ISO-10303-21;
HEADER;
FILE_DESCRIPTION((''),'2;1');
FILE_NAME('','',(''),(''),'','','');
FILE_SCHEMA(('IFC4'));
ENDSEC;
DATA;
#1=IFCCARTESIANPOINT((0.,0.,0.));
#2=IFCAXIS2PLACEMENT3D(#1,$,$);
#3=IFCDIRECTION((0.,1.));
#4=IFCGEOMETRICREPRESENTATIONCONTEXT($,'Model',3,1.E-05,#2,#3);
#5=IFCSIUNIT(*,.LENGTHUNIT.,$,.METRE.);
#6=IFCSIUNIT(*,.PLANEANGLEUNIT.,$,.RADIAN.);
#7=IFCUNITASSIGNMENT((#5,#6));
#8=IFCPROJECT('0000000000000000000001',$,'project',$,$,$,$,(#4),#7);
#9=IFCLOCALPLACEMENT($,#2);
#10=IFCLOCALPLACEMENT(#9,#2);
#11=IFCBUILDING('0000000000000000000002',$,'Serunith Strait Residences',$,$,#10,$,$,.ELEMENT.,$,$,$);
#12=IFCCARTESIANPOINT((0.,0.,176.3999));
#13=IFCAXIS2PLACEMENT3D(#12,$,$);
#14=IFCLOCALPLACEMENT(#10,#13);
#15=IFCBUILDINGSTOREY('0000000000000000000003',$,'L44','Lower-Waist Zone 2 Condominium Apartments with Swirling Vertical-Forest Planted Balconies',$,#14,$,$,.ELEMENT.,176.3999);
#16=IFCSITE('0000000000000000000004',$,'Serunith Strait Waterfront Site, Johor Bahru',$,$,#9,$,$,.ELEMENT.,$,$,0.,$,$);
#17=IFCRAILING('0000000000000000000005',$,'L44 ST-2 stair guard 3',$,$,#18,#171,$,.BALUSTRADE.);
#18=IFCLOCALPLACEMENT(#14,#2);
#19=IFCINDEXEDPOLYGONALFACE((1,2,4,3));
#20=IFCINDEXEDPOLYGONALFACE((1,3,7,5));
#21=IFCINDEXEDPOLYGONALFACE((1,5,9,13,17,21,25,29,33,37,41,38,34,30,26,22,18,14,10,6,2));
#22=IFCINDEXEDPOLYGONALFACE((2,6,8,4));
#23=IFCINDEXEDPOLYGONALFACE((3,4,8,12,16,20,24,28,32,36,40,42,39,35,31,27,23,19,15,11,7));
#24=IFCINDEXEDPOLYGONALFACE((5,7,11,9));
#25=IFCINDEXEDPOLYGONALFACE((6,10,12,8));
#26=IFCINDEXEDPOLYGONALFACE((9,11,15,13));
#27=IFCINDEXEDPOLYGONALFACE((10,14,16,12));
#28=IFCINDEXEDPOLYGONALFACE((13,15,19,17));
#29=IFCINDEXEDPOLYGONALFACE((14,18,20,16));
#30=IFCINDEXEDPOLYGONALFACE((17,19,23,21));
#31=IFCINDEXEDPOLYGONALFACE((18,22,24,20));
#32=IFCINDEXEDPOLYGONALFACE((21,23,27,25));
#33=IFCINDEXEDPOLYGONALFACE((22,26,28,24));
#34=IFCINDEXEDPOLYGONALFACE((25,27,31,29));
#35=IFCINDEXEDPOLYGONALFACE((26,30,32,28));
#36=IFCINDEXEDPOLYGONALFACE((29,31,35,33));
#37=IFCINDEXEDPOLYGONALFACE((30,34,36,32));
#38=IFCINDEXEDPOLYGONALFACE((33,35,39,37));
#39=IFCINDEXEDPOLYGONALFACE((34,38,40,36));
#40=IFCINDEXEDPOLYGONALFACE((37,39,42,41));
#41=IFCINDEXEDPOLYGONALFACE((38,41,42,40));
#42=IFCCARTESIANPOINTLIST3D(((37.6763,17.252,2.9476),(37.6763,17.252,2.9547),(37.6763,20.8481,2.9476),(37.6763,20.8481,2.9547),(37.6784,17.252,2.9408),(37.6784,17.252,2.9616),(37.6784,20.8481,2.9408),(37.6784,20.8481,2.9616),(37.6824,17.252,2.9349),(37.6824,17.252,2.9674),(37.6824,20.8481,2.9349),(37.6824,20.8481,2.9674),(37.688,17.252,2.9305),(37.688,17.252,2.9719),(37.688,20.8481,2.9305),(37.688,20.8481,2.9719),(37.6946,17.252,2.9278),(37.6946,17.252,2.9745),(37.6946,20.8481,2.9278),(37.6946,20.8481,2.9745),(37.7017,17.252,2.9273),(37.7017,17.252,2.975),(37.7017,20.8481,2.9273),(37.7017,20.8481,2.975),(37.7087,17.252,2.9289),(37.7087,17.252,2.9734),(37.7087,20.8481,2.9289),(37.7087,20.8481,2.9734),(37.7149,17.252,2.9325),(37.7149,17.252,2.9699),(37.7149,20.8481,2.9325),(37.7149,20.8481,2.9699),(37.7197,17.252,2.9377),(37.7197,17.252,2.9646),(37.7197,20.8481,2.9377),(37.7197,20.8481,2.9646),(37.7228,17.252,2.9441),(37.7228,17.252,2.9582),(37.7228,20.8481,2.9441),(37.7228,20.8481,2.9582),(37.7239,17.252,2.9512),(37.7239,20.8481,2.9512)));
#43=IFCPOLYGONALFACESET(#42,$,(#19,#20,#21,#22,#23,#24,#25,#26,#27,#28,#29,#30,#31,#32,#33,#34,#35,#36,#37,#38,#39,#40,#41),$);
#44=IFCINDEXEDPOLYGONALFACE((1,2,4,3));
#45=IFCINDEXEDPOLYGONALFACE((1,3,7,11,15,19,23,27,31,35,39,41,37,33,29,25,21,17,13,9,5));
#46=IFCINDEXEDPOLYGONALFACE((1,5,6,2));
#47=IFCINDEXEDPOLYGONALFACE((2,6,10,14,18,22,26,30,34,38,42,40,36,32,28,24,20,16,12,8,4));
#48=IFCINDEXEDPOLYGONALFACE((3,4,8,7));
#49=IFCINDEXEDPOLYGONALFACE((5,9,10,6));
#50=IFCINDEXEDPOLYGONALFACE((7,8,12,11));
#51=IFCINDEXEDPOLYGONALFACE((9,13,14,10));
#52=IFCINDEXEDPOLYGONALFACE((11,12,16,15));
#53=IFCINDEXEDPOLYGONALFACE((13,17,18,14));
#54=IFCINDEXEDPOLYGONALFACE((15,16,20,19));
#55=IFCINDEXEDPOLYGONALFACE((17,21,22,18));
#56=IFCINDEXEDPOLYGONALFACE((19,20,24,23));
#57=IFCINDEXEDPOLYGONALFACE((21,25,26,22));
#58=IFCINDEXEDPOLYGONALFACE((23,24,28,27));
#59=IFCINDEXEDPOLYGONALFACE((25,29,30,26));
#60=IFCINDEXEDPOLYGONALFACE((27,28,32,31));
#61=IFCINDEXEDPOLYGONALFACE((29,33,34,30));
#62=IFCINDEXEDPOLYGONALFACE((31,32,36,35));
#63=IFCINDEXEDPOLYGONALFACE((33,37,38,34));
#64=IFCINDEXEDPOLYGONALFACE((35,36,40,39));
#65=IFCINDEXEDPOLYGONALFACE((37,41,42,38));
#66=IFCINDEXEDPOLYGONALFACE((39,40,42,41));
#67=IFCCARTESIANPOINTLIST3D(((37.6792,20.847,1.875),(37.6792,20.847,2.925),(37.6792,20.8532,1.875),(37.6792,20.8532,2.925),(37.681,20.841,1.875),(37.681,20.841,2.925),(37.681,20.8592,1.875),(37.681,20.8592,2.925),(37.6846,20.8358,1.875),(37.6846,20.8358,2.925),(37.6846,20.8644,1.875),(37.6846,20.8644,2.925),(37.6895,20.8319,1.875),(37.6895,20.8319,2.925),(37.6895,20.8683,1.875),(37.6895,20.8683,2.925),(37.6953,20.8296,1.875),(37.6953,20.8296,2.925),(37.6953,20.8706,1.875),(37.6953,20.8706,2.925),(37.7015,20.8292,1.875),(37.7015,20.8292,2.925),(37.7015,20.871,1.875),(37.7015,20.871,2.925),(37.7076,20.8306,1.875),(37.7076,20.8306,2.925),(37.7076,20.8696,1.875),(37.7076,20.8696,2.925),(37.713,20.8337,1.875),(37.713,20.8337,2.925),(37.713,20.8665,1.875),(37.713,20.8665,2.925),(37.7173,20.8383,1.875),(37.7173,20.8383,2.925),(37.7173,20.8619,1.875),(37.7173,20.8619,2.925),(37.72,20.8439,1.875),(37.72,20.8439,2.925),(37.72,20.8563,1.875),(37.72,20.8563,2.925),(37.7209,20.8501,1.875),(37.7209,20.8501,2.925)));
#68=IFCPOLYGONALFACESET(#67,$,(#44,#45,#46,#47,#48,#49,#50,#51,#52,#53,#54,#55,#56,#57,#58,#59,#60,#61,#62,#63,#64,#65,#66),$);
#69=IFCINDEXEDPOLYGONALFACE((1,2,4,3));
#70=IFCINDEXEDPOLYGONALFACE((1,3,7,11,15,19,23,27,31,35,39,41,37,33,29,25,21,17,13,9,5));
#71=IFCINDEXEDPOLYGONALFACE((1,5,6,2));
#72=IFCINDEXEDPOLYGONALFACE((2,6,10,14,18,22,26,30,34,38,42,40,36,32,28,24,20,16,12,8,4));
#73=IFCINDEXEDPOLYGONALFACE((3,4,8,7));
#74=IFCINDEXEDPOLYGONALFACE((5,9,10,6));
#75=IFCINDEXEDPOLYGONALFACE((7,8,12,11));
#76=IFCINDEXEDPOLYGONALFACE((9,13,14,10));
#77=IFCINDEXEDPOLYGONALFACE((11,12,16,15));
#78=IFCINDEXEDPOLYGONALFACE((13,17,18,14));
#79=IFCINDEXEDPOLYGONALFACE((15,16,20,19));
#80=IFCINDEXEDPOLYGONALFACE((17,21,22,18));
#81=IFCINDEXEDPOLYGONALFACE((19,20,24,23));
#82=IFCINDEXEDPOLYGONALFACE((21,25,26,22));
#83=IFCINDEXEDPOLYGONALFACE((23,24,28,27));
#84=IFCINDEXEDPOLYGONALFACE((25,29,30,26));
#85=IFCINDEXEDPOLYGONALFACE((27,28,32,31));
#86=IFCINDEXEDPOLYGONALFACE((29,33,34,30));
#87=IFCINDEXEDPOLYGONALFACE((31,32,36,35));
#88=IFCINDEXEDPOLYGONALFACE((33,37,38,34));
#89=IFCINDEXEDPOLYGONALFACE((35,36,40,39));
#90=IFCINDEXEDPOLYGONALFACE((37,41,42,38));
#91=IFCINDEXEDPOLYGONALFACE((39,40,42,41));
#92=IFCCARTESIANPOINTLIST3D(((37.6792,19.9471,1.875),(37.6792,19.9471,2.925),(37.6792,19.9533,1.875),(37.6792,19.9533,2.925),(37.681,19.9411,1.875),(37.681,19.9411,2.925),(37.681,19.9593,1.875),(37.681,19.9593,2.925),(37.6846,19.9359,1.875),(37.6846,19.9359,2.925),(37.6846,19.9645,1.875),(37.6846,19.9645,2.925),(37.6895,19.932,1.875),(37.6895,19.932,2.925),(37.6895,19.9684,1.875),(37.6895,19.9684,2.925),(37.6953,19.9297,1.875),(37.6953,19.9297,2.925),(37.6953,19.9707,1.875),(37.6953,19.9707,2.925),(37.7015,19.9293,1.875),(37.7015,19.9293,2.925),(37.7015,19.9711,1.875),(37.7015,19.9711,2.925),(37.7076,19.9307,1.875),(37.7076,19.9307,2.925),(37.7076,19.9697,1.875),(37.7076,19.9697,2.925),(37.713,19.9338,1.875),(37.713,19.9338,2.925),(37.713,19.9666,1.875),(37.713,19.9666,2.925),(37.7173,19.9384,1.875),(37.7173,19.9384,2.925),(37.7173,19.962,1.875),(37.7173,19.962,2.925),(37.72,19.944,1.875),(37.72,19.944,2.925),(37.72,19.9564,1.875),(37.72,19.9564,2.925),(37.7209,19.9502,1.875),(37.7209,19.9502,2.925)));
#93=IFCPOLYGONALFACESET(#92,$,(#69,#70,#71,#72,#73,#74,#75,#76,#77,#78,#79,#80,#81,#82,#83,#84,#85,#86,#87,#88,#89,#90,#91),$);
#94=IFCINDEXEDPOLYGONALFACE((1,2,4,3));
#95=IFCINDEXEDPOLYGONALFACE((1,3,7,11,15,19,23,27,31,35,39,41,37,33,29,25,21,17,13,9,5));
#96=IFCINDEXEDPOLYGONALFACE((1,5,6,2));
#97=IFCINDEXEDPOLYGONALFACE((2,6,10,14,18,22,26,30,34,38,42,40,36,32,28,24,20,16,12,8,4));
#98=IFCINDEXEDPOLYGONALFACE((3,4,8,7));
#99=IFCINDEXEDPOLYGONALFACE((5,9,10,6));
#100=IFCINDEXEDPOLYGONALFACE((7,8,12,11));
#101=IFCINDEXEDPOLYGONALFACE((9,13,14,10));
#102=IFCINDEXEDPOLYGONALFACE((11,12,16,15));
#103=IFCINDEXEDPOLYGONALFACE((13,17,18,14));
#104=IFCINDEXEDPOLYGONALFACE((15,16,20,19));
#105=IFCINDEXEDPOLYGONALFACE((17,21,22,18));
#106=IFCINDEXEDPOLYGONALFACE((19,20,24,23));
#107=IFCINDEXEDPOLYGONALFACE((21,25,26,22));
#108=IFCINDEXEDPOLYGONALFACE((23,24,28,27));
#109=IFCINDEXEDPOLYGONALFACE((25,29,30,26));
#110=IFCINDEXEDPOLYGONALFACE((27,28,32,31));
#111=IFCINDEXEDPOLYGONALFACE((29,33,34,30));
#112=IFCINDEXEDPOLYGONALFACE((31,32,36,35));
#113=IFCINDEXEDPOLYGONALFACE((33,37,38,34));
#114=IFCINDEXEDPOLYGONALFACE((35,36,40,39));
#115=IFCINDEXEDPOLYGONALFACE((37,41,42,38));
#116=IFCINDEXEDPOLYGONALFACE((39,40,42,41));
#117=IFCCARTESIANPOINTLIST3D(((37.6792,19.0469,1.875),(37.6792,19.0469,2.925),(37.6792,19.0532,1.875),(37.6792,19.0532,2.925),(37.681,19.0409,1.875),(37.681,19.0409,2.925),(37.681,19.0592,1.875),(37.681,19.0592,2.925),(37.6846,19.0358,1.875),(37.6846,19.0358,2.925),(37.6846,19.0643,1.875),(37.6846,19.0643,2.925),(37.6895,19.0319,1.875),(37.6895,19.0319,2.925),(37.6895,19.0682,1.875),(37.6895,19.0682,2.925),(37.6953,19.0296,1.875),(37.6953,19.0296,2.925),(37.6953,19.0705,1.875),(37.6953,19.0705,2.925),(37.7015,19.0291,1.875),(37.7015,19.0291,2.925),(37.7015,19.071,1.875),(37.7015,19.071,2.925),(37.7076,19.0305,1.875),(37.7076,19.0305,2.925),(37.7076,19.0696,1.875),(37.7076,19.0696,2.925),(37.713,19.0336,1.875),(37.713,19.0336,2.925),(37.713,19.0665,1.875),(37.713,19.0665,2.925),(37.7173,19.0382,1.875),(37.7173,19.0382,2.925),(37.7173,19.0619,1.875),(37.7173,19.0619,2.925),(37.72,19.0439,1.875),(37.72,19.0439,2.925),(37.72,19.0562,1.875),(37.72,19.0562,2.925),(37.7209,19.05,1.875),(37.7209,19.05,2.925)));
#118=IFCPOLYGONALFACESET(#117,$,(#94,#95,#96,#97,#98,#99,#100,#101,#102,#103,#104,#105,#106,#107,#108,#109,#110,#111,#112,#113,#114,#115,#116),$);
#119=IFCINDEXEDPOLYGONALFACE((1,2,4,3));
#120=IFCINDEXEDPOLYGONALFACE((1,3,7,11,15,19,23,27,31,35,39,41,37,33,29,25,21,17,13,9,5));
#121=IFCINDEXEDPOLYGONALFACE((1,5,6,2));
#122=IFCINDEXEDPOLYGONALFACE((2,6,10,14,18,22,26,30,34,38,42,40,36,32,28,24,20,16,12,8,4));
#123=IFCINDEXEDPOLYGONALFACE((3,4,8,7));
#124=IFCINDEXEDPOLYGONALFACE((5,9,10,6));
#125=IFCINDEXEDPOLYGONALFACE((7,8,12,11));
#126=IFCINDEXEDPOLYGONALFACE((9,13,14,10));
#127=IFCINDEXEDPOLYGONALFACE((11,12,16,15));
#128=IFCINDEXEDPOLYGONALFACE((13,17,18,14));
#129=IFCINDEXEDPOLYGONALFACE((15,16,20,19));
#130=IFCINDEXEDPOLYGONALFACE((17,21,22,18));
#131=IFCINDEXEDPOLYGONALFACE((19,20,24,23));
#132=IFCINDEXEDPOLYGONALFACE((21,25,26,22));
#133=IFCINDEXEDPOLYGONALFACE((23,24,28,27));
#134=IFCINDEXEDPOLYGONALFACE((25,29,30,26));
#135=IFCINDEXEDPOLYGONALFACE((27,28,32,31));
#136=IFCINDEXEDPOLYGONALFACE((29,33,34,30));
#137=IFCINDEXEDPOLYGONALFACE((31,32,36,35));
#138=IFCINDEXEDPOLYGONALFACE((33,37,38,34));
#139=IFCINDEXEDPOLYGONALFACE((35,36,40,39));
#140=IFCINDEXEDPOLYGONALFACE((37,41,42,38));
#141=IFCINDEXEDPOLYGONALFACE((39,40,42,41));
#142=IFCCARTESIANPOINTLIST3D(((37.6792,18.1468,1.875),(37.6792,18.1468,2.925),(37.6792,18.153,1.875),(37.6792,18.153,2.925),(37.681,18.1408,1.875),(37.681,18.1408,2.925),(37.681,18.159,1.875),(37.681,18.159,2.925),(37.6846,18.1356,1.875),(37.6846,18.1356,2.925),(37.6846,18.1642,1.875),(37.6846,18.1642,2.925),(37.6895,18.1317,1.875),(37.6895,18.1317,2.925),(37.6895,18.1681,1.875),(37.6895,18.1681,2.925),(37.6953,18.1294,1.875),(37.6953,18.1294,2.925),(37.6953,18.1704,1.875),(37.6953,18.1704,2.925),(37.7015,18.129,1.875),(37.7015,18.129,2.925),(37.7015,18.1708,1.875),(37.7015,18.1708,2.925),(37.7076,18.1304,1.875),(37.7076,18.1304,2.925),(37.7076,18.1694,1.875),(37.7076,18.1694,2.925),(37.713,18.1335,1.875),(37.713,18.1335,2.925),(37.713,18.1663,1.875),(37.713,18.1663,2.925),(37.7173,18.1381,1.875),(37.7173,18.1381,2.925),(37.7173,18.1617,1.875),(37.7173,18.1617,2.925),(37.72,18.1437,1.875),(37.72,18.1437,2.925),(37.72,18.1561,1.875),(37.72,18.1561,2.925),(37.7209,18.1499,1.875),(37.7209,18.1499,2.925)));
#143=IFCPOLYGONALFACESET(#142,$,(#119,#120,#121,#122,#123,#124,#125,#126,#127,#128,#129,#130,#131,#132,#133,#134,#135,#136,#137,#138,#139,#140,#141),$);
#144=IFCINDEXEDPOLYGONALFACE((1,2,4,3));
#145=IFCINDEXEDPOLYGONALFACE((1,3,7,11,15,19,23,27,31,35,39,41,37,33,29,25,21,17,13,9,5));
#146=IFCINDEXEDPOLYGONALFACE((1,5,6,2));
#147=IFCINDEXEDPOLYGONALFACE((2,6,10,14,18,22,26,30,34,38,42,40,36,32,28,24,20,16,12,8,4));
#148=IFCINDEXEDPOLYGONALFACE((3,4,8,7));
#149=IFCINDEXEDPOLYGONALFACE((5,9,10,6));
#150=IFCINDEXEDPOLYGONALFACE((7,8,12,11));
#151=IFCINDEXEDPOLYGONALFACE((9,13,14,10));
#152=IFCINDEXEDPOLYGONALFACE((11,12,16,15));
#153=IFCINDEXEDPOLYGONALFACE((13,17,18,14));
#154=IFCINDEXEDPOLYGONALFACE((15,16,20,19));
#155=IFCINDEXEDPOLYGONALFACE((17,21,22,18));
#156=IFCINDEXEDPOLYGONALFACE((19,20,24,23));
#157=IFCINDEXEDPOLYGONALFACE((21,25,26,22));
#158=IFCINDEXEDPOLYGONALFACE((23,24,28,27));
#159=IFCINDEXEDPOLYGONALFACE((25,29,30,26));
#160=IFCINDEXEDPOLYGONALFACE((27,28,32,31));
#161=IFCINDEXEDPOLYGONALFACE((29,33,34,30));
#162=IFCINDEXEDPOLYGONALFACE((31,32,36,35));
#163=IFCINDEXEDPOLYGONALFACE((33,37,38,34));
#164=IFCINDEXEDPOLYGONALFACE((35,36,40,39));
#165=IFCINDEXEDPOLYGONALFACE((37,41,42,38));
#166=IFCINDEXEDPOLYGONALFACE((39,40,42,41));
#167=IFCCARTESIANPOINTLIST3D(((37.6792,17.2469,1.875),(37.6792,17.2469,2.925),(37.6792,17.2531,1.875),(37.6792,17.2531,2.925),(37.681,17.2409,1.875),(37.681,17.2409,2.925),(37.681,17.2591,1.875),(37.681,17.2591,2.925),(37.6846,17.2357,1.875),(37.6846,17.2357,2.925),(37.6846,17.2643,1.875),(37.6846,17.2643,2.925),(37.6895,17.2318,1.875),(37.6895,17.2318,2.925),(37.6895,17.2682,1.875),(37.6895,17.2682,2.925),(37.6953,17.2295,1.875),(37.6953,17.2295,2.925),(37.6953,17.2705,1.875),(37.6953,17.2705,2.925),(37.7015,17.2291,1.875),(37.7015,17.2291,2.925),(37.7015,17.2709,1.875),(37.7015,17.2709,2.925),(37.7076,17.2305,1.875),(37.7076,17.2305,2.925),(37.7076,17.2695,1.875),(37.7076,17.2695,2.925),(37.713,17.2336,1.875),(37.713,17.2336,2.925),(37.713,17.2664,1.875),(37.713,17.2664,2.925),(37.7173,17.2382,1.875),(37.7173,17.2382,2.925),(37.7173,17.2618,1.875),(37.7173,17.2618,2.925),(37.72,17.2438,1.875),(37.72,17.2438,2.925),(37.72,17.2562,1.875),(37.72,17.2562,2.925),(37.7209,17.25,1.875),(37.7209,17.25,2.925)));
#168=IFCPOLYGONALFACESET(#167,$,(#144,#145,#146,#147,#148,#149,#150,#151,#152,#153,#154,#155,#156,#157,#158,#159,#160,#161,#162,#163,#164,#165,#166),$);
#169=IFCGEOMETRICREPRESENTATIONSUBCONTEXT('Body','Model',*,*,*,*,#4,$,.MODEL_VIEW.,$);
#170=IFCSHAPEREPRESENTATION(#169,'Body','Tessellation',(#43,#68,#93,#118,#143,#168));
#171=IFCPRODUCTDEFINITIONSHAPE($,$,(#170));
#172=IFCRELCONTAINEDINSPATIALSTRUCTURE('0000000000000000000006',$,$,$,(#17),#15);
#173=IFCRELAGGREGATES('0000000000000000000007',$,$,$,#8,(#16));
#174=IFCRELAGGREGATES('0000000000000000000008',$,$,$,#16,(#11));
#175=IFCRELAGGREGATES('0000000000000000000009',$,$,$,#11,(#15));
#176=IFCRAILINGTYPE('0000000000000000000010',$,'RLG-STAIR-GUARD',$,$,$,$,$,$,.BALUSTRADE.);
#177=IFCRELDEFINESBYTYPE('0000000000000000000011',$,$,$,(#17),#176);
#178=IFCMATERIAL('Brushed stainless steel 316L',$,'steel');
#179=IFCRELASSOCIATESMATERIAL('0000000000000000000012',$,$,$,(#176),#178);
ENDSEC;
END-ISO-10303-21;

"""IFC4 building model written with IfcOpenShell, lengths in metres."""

from ifc_helpers import new_model, si_unit, direction, frame, origin, origin_2d, place, context, subcontext, project, spatial, circle, extrude, material, type_object, element, save


model = new_model("IFC4")

# Units and contexts
model_context = context("Model", 3, precision=1e-05, world=origin(), true_north=direction((0.0, 1.0)))
body_context = subcontext(model_context, "Body", "Model", "MODEL_VIEW")
ifc_project = project(units=[si_unit("LENGTHUNIT", "METRE"), si_unit("PLANEANGLEUNIT", "RADIAN")], contexts=[model_context])

# Site, building, storey
site_placement = place(None, origin())
site = spatial("IfcSite", under=ifc_project, at=site_placement, Name="Serunith Strait Waterfront Site, Johor Bahru", CompositionType="ELEMENT", RefElevation=0.0)
building_placement = place(site_placement, origin())
building = spatial("IfcBuilding", under=site, at=building_placement, Name="Serunith Strait Residences", CompositionType="ELEMENT")
storey_placement = place(building_placement, frame((0.0, 0.0, 176.3999)))
storey = spatial("IfcBuildingStorey", under=building, at=storey_placement, Name="L44", Description="Lower-Waist Zone 2 Condominium Apartments with Swirling Vertical-Forest Planted Balconies", CompositionType="ELEMENT", Elevation=176.3999)

# Railing
ifc_material_1 = material(Name="Brushed stainless steel 316L", Category="steel")
railing_type_1 = type_object("IfcRailingType", Name="RLG-STAIR-GUARD", PredefinedType="BALUSTRADE", material=ifc_material_1)
for number, where, name in (
    (1, (37.7, 20.8501, 1.875), "L44 ST-2 stair guard 3"),
):
    element("IfcRailing", number, at=place(storey_placement, frame(where)), inside=storey, type_object=railing_type_1, Name=name, PredefinedType="BALUSTRADE", context=body_context, shape_type="SweptSolid", body=[
        extrude(circle(Radius=0.0239, at=origin_2d()), frame((0.0, -0.002, 1.0762), z_axis=(0.0, -1.0, 0.0), x_axis=(1.0, 0.0, 0.0)), (0.0, 0.0, 1.0), 3.5962),
        extrude(circle(Radius=0.021, at=origin_2d()), origin(), (0.0, 0.0, 1.0), 1.05),
        extrude(circle(Radius=0.021, at=origin_2d()), frame((0.0, -0.8999, 0.0)), (0.0, 0.0, 1.0), 1.05),
        extrude(circle(Radius=0.021, at=origin_2d()), frame((0.0, -1.8, 0.0)), (0.0, 0.0, 1.0), 1.05),
        extrude(circle(Radius=0.021, at=origin_2d()), frame((0.0, -2.7002, 0.0)), (0.0, 0.0, 1.0), 1.05),
        extrude(circle(Radius=0.021, at=origin_2d()), frame((0.0, -3.6001, 0.0)), (0.0, 0.0, 1.0), 1.05),
    ])

save(model, "model.ifc")
